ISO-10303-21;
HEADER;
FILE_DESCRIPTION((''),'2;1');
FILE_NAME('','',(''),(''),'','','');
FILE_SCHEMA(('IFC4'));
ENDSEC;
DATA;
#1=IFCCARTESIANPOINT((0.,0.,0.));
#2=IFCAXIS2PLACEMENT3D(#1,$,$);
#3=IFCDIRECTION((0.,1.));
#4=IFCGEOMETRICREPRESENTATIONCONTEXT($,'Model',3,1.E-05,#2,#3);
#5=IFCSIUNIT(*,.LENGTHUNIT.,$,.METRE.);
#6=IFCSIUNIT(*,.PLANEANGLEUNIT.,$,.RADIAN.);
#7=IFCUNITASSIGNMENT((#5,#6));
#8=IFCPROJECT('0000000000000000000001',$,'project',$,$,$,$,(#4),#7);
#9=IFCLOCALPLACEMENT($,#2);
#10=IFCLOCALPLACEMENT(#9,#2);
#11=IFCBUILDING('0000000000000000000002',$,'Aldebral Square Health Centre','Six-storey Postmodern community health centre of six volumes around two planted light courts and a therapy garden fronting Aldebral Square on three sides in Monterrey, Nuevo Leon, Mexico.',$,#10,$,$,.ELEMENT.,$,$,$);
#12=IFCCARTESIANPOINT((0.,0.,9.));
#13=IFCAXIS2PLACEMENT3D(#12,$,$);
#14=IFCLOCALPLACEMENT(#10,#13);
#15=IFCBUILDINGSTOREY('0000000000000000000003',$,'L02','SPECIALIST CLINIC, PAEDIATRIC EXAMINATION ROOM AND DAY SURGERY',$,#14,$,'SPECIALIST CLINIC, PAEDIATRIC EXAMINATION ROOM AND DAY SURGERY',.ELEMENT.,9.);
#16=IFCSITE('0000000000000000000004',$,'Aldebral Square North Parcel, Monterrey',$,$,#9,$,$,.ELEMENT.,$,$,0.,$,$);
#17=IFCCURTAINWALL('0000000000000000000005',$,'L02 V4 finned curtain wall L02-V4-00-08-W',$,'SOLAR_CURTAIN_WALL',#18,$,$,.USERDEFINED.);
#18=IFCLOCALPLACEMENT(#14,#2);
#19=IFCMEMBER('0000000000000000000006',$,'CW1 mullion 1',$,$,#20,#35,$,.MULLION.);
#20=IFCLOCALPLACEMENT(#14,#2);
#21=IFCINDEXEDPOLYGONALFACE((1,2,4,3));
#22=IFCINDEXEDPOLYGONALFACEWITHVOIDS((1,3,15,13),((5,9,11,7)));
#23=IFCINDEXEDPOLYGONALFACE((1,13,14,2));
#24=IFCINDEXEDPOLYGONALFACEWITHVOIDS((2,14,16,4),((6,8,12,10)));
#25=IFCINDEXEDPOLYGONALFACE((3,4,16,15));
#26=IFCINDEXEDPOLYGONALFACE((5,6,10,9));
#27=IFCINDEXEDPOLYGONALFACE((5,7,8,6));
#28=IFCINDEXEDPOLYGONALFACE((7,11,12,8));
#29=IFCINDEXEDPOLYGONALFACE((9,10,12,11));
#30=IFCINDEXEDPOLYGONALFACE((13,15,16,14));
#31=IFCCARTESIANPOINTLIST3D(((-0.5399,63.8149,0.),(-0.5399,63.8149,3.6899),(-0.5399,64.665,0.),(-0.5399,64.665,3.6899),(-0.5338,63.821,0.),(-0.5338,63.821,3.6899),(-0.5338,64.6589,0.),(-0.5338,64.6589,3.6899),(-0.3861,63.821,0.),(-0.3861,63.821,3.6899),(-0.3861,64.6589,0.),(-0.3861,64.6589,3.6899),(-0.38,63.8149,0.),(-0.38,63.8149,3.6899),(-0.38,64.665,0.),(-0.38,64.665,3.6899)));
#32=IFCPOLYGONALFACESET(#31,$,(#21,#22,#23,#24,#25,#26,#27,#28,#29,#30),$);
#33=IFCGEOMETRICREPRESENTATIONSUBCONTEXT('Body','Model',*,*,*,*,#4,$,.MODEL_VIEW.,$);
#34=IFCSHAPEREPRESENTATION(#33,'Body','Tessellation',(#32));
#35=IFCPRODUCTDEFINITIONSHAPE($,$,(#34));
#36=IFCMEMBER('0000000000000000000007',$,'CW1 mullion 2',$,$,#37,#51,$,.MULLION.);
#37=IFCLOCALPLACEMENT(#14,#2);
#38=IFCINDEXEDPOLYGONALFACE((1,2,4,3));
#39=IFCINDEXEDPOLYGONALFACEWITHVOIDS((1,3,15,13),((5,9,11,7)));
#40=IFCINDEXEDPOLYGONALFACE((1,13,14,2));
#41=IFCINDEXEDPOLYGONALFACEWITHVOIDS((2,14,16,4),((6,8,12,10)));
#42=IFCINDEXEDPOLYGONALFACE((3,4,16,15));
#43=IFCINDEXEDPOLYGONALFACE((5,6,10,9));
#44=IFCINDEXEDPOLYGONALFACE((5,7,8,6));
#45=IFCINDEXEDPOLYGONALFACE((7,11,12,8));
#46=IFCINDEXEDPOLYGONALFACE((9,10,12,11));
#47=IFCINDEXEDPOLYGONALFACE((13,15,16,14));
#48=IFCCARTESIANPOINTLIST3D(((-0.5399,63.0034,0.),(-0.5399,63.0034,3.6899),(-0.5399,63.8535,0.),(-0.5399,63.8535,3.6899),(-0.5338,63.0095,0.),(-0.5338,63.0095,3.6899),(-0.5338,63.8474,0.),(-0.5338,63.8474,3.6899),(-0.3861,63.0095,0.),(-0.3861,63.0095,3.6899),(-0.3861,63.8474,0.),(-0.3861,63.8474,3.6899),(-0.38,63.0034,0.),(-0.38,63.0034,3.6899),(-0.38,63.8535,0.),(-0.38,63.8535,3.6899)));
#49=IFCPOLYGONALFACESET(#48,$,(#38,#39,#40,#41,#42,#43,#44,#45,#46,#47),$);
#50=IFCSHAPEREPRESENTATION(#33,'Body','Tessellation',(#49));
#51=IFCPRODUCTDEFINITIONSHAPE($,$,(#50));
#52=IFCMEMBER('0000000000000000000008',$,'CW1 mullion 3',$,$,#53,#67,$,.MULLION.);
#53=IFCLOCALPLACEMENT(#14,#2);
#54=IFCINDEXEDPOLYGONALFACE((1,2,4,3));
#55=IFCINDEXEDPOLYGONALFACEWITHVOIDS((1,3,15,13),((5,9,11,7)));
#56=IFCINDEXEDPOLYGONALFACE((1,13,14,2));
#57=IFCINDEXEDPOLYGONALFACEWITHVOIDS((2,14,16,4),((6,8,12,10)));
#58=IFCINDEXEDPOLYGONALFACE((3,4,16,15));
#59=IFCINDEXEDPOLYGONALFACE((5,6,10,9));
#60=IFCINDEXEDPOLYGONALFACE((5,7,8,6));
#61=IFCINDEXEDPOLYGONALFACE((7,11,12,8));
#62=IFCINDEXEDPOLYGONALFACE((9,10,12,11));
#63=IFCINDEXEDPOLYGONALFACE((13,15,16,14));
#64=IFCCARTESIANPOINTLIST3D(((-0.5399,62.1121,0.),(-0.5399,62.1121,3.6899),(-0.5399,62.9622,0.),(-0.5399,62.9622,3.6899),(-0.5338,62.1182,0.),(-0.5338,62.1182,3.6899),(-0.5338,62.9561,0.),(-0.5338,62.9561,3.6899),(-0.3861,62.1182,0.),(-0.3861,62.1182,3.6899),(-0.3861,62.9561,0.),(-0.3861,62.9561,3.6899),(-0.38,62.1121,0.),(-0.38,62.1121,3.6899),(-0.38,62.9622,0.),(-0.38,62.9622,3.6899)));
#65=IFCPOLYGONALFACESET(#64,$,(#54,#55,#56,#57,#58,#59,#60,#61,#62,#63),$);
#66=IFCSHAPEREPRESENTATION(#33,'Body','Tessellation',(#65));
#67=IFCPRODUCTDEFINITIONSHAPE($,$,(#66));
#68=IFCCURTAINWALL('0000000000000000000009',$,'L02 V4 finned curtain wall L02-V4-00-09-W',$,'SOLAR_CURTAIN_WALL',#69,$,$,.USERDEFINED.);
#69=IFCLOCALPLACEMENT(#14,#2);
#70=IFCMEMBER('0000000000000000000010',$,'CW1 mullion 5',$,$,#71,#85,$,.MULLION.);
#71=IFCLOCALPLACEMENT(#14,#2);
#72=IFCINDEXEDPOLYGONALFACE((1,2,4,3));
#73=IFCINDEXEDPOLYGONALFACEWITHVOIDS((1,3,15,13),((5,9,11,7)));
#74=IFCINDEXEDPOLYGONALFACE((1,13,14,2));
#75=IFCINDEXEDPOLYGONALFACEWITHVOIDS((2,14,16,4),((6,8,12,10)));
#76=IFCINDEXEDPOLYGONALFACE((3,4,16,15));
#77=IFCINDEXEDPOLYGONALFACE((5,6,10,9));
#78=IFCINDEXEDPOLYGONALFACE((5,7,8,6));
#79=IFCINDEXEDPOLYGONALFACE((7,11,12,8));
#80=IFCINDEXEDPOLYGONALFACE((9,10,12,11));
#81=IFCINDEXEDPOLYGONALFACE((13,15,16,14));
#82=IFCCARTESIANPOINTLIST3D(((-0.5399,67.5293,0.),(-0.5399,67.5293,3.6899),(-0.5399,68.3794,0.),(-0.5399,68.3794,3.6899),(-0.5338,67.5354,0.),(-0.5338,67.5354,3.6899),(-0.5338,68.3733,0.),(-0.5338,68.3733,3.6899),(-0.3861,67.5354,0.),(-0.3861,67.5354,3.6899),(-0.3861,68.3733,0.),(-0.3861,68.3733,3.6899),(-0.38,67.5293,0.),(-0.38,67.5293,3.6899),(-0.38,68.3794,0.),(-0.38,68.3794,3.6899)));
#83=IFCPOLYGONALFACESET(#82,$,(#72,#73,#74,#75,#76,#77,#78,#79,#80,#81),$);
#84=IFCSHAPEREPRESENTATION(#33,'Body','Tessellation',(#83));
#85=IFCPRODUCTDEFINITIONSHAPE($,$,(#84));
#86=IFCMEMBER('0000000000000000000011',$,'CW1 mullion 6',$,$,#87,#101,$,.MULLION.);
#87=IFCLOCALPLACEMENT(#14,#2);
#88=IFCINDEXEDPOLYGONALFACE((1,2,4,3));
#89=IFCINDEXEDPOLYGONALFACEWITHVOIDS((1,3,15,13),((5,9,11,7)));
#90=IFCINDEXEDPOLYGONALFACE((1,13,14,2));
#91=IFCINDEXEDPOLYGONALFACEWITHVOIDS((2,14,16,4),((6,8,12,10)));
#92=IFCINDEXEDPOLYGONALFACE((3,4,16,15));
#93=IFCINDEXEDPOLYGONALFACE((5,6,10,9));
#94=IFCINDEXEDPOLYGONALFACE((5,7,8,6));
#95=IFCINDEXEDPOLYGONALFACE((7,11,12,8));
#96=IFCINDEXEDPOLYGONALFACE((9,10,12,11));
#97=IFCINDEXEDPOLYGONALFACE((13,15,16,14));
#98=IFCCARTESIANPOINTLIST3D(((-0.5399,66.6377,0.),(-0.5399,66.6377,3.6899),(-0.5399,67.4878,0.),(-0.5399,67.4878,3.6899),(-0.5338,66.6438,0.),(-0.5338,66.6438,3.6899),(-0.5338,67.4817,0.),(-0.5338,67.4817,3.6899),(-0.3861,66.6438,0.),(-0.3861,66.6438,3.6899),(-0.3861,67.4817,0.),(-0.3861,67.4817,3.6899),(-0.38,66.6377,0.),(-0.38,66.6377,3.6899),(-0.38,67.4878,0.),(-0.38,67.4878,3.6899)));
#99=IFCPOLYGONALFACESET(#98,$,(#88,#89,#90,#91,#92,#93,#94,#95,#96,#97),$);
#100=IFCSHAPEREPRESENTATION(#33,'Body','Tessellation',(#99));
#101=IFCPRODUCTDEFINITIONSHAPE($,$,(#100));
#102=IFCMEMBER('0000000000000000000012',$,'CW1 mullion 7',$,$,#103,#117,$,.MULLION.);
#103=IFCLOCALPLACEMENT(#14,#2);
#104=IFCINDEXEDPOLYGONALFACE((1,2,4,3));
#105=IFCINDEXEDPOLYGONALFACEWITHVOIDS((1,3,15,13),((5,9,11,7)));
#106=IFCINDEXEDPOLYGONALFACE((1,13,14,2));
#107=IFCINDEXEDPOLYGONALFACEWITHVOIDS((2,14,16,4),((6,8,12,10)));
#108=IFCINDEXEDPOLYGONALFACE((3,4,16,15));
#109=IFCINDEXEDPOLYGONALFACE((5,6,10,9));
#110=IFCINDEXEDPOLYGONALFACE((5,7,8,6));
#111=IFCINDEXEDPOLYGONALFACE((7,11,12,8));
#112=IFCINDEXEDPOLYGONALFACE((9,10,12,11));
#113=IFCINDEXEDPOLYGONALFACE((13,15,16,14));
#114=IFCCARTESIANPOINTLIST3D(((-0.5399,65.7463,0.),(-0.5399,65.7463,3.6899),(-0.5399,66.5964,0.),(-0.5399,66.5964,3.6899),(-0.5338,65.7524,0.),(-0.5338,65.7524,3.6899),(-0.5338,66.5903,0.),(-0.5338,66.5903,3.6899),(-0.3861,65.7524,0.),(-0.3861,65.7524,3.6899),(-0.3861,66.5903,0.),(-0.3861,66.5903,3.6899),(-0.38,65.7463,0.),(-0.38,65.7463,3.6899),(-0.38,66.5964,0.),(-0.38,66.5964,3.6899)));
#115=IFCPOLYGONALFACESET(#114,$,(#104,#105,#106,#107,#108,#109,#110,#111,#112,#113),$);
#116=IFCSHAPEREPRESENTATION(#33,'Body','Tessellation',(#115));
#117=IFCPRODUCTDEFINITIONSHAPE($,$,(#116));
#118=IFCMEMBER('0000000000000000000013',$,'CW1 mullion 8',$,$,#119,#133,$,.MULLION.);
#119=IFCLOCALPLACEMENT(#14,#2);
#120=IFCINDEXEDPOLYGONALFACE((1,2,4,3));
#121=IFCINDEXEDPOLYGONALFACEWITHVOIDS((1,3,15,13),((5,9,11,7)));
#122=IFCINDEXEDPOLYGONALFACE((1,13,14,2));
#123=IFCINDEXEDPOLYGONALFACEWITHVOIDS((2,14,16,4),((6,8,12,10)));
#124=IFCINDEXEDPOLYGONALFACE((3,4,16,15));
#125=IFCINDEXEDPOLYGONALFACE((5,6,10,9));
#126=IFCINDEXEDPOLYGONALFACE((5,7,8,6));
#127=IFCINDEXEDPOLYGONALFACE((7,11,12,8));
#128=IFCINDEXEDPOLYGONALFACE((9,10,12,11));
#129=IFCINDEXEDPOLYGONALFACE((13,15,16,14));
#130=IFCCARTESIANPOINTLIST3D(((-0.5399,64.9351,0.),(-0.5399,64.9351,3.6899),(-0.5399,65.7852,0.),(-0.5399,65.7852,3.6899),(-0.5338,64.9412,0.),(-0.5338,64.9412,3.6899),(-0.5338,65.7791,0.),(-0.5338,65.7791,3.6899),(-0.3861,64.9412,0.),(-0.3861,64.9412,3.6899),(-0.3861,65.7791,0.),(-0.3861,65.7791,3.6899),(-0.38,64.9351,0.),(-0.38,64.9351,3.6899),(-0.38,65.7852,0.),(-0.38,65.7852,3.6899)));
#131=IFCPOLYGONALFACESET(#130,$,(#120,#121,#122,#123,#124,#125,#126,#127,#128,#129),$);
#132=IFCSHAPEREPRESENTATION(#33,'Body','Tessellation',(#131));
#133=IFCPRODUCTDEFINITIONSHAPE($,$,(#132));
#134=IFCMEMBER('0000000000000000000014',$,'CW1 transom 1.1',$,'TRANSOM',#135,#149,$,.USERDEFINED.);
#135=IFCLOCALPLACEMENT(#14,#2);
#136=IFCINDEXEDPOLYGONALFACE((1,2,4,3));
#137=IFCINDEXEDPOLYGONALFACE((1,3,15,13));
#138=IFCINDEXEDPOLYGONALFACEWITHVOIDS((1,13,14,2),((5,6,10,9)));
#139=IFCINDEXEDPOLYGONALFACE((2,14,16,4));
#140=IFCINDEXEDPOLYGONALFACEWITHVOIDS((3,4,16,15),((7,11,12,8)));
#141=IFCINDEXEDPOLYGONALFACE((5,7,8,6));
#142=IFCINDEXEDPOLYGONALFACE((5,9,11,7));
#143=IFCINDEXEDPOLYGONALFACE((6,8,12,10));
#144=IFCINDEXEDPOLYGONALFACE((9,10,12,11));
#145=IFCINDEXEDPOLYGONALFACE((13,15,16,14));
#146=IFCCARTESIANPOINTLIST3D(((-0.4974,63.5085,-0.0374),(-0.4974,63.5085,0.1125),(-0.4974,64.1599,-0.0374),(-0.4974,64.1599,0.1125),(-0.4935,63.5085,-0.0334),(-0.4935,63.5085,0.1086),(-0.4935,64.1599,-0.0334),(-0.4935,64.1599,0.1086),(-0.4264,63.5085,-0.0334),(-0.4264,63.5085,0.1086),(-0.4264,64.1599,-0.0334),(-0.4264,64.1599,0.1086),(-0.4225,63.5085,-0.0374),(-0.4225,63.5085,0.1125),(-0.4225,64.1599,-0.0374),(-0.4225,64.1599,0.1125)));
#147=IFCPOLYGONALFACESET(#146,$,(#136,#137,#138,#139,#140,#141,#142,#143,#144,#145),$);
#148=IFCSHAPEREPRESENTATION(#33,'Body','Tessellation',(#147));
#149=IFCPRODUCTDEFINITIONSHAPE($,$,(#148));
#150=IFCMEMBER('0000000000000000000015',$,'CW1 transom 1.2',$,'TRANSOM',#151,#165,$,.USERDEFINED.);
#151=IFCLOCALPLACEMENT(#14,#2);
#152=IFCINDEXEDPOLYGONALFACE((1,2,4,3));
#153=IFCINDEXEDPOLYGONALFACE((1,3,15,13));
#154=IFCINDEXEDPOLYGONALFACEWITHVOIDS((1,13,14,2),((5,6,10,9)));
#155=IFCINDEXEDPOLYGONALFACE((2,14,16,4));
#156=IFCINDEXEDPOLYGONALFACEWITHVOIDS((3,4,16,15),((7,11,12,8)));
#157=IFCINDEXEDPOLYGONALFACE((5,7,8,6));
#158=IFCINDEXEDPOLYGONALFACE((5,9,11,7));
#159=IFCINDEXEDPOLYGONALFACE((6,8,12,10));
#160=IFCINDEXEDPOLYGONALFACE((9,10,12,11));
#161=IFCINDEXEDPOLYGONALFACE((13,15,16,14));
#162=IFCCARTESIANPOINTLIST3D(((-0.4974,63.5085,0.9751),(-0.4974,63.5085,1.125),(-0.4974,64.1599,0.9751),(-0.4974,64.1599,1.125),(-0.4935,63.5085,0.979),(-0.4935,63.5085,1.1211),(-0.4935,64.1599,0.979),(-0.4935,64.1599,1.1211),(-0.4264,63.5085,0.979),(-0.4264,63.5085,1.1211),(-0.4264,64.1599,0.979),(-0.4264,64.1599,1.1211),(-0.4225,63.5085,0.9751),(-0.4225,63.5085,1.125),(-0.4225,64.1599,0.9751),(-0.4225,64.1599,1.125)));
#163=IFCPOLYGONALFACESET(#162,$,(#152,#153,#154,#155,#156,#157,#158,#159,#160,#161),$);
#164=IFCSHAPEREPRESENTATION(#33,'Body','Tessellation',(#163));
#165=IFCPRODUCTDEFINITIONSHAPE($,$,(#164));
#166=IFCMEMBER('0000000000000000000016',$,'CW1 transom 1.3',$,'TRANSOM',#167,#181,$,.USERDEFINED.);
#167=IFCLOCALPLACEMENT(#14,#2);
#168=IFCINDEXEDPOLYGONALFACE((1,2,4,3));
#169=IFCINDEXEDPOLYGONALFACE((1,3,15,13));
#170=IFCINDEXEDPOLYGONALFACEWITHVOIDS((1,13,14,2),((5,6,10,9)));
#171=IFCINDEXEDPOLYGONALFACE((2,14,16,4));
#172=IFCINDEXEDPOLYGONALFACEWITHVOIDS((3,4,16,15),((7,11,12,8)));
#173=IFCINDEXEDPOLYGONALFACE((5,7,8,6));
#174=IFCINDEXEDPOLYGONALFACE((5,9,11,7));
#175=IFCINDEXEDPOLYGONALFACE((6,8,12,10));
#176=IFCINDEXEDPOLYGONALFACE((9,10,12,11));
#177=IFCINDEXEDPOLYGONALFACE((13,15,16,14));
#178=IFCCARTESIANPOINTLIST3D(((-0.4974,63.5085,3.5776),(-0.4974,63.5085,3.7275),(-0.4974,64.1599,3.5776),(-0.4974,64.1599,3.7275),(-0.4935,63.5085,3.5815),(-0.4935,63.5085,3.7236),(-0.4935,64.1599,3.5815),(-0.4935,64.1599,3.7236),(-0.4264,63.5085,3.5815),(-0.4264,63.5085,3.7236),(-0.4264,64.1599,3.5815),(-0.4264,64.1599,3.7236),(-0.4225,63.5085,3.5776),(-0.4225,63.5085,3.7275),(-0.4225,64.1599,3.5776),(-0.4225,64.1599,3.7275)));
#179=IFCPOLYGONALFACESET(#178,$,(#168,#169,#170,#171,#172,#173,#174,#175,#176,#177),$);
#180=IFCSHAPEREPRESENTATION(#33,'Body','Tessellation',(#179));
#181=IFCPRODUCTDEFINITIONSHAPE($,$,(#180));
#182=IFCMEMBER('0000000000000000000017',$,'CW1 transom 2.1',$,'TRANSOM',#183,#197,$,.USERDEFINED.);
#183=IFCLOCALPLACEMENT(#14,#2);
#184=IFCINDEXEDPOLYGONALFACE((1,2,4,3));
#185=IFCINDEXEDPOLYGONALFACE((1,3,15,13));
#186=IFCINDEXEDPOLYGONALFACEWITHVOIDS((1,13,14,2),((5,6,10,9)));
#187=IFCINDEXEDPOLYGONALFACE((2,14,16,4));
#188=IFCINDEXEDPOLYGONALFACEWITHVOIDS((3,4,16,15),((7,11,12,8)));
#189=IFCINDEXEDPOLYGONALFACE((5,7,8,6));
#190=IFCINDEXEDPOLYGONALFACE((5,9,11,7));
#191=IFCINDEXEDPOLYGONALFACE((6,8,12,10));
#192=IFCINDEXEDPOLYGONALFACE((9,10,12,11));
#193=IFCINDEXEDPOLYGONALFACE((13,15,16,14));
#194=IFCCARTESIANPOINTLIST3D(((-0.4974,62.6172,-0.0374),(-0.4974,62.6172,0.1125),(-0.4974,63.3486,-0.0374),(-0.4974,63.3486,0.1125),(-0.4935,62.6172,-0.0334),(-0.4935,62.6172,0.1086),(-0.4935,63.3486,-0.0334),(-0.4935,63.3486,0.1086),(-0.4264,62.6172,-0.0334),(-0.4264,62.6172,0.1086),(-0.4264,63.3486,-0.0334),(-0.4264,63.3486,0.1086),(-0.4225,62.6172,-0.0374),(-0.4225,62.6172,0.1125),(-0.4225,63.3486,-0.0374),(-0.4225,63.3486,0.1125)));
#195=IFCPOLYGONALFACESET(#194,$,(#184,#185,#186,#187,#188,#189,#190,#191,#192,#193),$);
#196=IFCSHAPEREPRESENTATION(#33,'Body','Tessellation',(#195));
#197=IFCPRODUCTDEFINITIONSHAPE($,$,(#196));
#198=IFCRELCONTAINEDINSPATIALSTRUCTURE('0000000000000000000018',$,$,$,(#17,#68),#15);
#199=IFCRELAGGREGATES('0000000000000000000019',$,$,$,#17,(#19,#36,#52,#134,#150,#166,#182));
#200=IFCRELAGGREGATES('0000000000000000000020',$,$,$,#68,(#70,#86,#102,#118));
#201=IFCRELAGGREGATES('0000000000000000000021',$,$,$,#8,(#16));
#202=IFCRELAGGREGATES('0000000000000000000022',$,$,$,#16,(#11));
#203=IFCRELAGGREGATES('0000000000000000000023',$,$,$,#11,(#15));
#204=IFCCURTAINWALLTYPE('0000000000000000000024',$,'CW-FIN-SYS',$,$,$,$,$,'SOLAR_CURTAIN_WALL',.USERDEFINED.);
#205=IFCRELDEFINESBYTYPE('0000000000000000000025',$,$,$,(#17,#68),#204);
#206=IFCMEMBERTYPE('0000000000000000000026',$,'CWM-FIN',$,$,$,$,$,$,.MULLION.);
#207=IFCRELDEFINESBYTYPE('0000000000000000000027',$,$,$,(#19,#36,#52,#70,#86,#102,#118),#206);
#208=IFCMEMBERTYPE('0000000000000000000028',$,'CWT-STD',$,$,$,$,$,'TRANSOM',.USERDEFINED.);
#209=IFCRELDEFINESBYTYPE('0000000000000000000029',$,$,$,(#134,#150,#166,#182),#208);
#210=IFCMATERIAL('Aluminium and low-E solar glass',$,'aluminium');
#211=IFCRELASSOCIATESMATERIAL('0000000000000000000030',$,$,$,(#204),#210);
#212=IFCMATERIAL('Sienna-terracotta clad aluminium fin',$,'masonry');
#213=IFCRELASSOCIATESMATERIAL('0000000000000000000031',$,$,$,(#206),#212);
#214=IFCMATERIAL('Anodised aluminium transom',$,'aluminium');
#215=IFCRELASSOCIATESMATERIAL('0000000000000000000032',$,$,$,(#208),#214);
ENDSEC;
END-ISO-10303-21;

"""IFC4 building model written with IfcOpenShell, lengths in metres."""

from ifc_helpers import new_model, si_unit, direction, frame, origin, origin_2d, place, context, subcontext, project, spatial, hollow_rectangle, extrude, material, material_profile, profile_set, type_object, element, aggregate, save


model = new_model("IFC4")

# Units and contexts
model_context = context("Model", 3, precision=1e-05, world=origin(), true_north=direction((0.0, 1.0)))
body_context = subcontext(model_context, "Body", "Model", "MODEL_VIEW")
ifc_project = project(units=[si_unit("LENGTHUNIT", "METRE"), si_unit("PLANEANGLEUNIT", "RADIAN")], contexts=[model_context])

# Site, building, storey
site_placement = place(None, origin())
site = spatial("IfcSite", under=ifc_project, at=site_placement, Name="Aldebral Square North Parcel, Monterrey", CompositionType="ELEMENT", RefElevation=0.0)
building_placement = place(site_placement, origin())
building = spatial("IfcBuilding", under=site, at=building_placement, Name="Aldebral Square Health Centre", Description="Six-storey Postmodern community health centre of six volumes around two planted light courts and a therapy garden fronting Aldebral Square on three sides in Monterrey, Nuevo Leon, Mexico.", CompositionType="ELEMENT")
storey_placement = place(building_placement, frame((0.0, 0.0, 9.0)))
storey = spatial("IfcBuildingStorey", under=building, at=storey_placement, Name="L02", Description="SPECIALIST CLINIC, PAEDIATRIC EXAMINATION ROOM AND DAY SURGERY", LongName="SPECIALIST CLINIC, PAEDIATRIC EXAMINATION ROOM AND DAY SURGERY", CompositionType="ELEMENT", Elevation=9.0)

# Curtain walls, members
ifc_material_1 = material(Name="Aluminium and low-E solar glass", Category="aluminium")
curtain_wall_type = type_object("IfcCurtainWallType", Name="CW-FIN-SYS", ElementType="SOLAR_CURTAIN_WALL", PredefinedType="USERDEFINED", material=ifc_material_1)
curtain_wall_1_placement = place(storey_placement, origin())
curtain_wall_1 = element("IfcCurtainWall", 1, at=curtain_wall_1_placement, inside=storey, type_object=curtain_wall_type, Name="L02 V4 finned curtain wall L02-V4-00-08-W", ObjectType="SOLAR_CURTAIN_WALL", PredefinedType="USERDEFINED")
ifc_material_2 = material(Name="Sienna-terracotta clad aluminium fin", Category="masonry")
ifc_material_profile_1 = material_profile(ifc_material_2, hollow_rectangle(XDim=0.1599, YDim=0.8501, WallThickness=0.0061, at=origin_2d()), Name="FIN 160x850x6")
ifc_profile_set_1 = profile_set([ifc_material_profile_1], Name="Sienna-terracotta clad aluminium fin")
member_type_1 = type_object("IfcMemberType", Name="CWM-FIN", PredefinedType="MULLION", material=ifc_profile_set_1)
member_1_placement = place(storey_placement, frame((-0.46, 64.24, 0.0), z_axis=(0.0, 0.0, 1.0), x_axis=(1.0, 0.0, 0.0)))
member_1 = element("IfcMember", 2, at=member_1_placement, type_object=member_type_1, Name="CW1 mullion 1", PredefinedType="MULLION", context=body_context, shape_type="SweptSolid", body=[
    extrude(hollow_rectangle(XDim=0.1599, YDim=0.8501, WallThickness=0.0061, at=origin_2d()), origin(), (0.0, 0.0, 1.0), 3.6899),
])
member_2_placement = place(storey_placement, frame((-0.46, 63.4285, 0.0), z_axis=(0.0, 0.0, 1.0), x_axis=(1.0, 0.0, 0.0)))
member_2 = element("IfcMember", 3, at=member_2_placement, type_object=member_type_1, Name="CW1 mullion 2", PredefinedType="MULLION", context=body_context, shape_type="SweptSolid", body=[
    extrude(hollow_rectangle(XDim=0.1599, YDim=0.8501, WallThickness=0.0061, at=origin_2d()), origin(), (0.0, 0.0, 1.0), 3.6899),
])
member_3_placement = place(storey_placement, frame((-0.46, 62.5371, 0.0), z_axis=(0.0, 0.0, 1.0), x_axis=(1.0, 0.0, 0.0)))
member_3 = element("IfcMember", 4, at=member_3_placement, type_object=member_type_1, Name="CW1 mullion 3", PredefinedType="MULLION", context=body_context, shape_type="SweptSolid", body=[
    extrude(hollow_rectangle(XDim=0.1599, YDim=0.8501, WallThickness=0.0061, at=origin_2d()), origin(), (0.0, 0.0, 1.0), 3.6899),
])
curtain_wall_2_placement = place(storey_placement, origin())
curtain_wall_2 = element("IfcCurtainWall", 5, at=curtain_wall_2_placement, inside=storey, type_object=curtain_wall_type, Name="L02 V4 finned curtain wall L02-V4-00-09-W", ObjectType="SOLAR_CURTAIN_WALL", PredefinedType="USERDEFINED")
member_4_placement = place(storey_placement, frame((-0.46, 67.9543, 0.0), z_axis=(0.0, 0.0, 1.0), x_axis=(1.0, 0.0, 0.0)))
member_4 = element("IfcMember", 6, at=member_4_placement, type_object=member_type_1, Name="CW1 mullion 5", PredefinedType="MULLION", context=body_context, shape_type="SweptSolid", body=[
    extrude(hollow_rectangle(XDim=0.1599, YDim=0.8501, WallThickness=0.0061, at=origin_2d()), origin(), (0.0, 0.0, 1.0), 3.6899),
])
member_5_placement = place(storey_placement, frame((-0.46, 67.0627, 0.0), z_axis=(0.0, 0.0, 1.0), x_axis=(1.0, 0.0, 0.0)))
member_5 = element("IfcMember", 7, at=member_5_placement, type_object=member_type_1, Name="CW1 mullion 6", PredefinedType="MULLION", context=body_context, shape_type="SweptSolid", body=[
    extrude(hollow_rectangle(XDim=0.1599, YDim=0.8501, WallThickness=0.0061, at=origin_2d()), origin(), (0.0, 0.0, 1.0), 3.6899),
])
member_6_placement = place(storey_placement, frame((-0.46, 66.1714, 0.0), z_axis=(0.0, 0.0, 1.0), x_axis=(1.0, 0.0, 0.0)))
member_6 = element("IfcMember", 8, at=member_6_placement, type_object=member_type_1, Name="CW1 mullion 7", PredefinedType="MULLION", context=body_context, shape_type="SweptSolid", body=[
    extrude(hollow_rectangle(XDim=0.1599, YDim=0.8501, WallThickness=0.0061, at=origin_2d()), origin(), (0.0, 0.0, 1.0), 3.6899),
])
member_7_placement = place(storey_placement, frame((-0.46, 65.3601, 0.0), z_axis=(0.0, 0.0, 1.0), x_axis=(1.0, 0.0, 0.0)))
member_7 = element("IfcMember", 9, at=member_7_placement, type_object=member_type_1, Name="CW1 mullion 8", PredefinedType="MULLION", context=body_context, shape_type="SweptSolid", body=[
    extrude(hollow_rectangle(XDim=0.1599, YDim=0.8501, WallThickness=0.0061, at=origin_2d()), origin(), (0.0, 0.0, 1.0), 3.6899),
])

# Members
ifc_material_3 = material(Name="Anodised aluminium transom", Category="aluminium")
ifc_material_profile_2 = material_profile(ifc_material_3, hollow_rectangle(XDim=0.075, YDim=0.1499, WallThickness=0.0039, at=origin_2d()), Name="CWT 75x150x4")
ifc_profile_set_2 = profile_set([ifc_material_profile_2], Name="Anodised aluminium transom")
member_type_2 = type_object("IfcMemberType", Name="CWT-STD", ElementType="TRANSOM", PredefinedType="USERDEFINED", material=ifc_profile_set_2)
member_8_placement = place(storey_placement, frame((-0.46, 64.1599, 0.0376), z_axis=(0.0, -1.0, 0.0), x_axis=(1.0, 0.0, 0.0)))
member_8 = element("IfcMember", 10, at=member_8_placement, type_object=member_type_2, Name="CW1 transom 1.1", ObjectType="TRANSOM", PredefinedType="USERDEFINED", context=body_context, shape_type="SweptSolid", body=[
    extrude(hollow_rectangle(XDim=0.075, YDim=0.1499, WallThickness=0.0039, at=origin_2d()), origin(), (0.0, 0.0, 1.0), 0.6514),
])
member_9_placement = place(storey_placement, frame((-0.46, 64.1599, 1.05), z_axis=(0.0, -1.0, 0.0), x_axis=(1.0, 0.0, 0.0)))
member_9 = element("IfcMember", 11, at=member_9_placement, type_object=member_type_2, Name="CW1 transom 1.2", ObjectType="TRANSOM", PredefinedType="USERDEFINED", context=body_context, shape_type="SweptSolid", body=[
    extrude(hollow_rectangle(XDim=0.075, YDim=0.1499, WallThickness=0.0039, at=origin_2d()), origin(), (0.0, 0.0, 1.0), 0.6514),
])
member_10_placement = place(storey_placement, frame((-0.46, 64.1599, 3.6526), z_axis=(0.0, -1.0, 0.0), x_axis=(1.0, 0.0, 0.0)))
member_10 = element("IfcMember", 12, at=member_10_placement, type_object=member_type_2, Name="CW1 transom 1.3", ObjectType="TRANSOM", PredefinedType="USERDEFINED", context=body_context, shape_type="SweptSolid", body=[
    extrude(hollow_rectangle(XDim=0.075, YDim=0.1499, WallThickness=0.0039, at=origin_2d()), origin(), (0.0, 0.0, 1.0), 0.6514),
])
member_11_placement = place(storey_placement, frame((-0.46, 63.3486, 0.0376), z_axis=(0.0, -1.0, 0.0), x_axis=(1.0, 0.0, 0.0)))
member_11 = element("IfcMember", 13, at=member_11_placement, type_object=member_type_2, Name="CW1 transom 2.1", ObjectType="TRANSOM", PredefinedType="USERDEFINED", context=body_context, shape_type="SweptSolid", body=[
    extrude(hollow_rectangle(XDim=0.075, YDim=0.1499, WallThickness=0.0039, at=origin_2d()), origin(), (0.0, 0.0, 1.0), 0.7314),
])

aggregate(curtain_wall_1, [member_1, member_2, member_3, member_8, member_9, member_10, member_11])
aggregate(curtain_wall_2, [member_4, member_5, member_6, member_7])

save(model, "model.ifc")
